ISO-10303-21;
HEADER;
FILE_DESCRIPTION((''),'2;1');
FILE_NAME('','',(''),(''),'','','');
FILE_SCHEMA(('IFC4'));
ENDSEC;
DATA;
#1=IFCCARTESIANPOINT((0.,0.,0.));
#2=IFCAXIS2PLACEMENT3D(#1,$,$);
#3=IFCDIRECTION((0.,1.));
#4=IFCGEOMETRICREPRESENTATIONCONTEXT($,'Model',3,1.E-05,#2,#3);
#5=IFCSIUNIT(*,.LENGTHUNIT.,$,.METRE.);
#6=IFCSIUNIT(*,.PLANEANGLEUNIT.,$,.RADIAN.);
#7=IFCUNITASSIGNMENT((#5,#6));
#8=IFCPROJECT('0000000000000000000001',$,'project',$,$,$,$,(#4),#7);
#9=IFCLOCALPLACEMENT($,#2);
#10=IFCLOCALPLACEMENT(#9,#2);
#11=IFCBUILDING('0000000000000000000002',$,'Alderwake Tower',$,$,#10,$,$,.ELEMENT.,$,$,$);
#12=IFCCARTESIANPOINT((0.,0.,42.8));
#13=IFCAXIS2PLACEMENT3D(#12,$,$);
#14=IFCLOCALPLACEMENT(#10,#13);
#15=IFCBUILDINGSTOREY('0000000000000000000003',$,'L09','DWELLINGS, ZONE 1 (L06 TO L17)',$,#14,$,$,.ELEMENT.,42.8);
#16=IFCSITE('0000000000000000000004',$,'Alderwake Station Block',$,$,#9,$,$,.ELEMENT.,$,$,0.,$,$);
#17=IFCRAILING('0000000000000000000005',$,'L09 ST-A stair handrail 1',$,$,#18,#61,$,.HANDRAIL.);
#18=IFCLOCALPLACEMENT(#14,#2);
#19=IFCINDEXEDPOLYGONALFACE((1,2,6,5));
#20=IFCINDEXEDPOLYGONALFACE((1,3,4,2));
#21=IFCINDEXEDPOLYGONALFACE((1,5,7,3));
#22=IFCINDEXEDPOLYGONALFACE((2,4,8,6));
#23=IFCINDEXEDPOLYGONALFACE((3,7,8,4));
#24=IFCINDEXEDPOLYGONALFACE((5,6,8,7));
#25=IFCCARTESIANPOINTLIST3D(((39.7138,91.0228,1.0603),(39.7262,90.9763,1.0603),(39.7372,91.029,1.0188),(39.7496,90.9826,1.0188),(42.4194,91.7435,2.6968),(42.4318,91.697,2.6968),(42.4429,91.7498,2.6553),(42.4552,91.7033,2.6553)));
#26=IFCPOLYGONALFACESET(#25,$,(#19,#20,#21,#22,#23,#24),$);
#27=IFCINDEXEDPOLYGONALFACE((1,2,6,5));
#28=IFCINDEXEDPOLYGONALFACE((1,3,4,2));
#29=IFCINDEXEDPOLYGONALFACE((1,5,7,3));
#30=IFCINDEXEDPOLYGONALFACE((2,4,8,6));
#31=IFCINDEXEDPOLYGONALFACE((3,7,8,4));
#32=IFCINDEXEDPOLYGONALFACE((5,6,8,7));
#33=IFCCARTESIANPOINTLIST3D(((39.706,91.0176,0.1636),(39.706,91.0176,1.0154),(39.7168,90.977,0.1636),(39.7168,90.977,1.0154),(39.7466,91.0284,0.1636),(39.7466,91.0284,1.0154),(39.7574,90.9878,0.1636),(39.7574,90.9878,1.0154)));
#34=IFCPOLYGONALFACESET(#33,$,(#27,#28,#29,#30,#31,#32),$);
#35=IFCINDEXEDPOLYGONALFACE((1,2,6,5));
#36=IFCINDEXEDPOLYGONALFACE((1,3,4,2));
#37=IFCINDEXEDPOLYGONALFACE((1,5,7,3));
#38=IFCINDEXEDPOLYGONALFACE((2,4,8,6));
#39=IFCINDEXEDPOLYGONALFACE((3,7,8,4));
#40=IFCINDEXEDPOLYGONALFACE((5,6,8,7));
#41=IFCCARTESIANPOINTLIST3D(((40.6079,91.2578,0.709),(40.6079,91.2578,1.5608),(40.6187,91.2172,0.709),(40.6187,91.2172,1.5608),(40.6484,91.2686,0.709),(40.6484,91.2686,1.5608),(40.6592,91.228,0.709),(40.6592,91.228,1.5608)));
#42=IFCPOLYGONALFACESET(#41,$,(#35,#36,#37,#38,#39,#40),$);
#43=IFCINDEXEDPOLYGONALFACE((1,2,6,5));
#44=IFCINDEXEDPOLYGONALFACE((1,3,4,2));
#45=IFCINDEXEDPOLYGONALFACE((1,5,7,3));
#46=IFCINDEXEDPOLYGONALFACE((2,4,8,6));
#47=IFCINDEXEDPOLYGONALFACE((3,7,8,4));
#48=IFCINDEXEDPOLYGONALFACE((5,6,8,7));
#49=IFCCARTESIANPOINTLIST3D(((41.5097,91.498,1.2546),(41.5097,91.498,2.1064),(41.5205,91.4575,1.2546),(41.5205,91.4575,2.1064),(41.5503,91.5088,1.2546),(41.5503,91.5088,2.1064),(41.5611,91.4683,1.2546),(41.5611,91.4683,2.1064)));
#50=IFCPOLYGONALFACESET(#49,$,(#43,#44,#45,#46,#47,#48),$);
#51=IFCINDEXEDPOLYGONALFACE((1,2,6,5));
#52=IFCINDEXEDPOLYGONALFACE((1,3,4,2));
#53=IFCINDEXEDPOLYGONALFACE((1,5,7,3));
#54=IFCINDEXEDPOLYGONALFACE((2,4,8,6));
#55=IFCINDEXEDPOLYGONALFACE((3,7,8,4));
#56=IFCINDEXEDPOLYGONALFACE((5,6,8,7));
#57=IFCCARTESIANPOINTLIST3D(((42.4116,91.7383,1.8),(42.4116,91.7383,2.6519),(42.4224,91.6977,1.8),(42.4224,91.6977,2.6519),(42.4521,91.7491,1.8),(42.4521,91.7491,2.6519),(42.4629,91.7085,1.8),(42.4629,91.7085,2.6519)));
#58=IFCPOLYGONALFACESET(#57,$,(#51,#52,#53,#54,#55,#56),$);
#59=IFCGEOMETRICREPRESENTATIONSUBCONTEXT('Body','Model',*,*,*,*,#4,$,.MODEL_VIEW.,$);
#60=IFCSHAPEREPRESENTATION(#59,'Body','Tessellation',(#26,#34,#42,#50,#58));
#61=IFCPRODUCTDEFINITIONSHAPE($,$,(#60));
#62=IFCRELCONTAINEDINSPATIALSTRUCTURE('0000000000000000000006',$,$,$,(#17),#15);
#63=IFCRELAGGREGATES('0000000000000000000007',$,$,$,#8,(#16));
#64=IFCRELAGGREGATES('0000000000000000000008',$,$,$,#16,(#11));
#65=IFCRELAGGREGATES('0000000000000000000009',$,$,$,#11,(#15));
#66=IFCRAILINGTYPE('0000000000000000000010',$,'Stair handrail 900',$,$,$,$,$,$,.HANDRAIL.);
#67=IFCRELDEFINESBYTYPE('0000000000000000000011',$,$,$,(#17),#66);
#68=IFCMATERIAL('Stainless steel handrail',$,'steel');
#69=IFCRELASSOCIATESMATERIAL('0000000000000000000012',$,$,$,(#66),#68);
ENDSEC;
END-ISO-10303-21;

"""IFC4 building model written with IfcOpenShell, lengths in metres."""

from ifc_helpers import new_model, si_unit, direction, frame, origin, origin_2d, place, context, subcontext, project, spatial, rectangle, extrude, material, type_object, element, save


model = new_model("IFC4")

# Units and contexts
model_context = context("Model", 3, precision=1e-05, world=origin(), true_north=direction((0.0, 1.0)))
body_context = subcontext(model_context, "Body", "Model", "MODEL_VIEW")
ifc_project = project(units=[si_unit("LENGTHUNIT", "METRE"), si_unit("PLANEANGLEUNIT", "RADIAN")], contexts=[model_context])

# Site, building, storey
site_placement = place(None, origin())
site = spatial("IfcSite", under=ifc_project, at=site_placement, Name="Alderwake Station Block", CompositionType="ELEMENT", RefElevation=0.0)
building_placement = place(site_placement, origin())
building = spatial("IfcBuilding", under=site, at=building_placement, Name="Alderwake Tower", CompositionType="ELEMENT")
storey_placement = place(building_placement, frame((0.0, 0.0, 42.8)))
storey = spatial("IfcBuildingStorey", under=building, at=storey_placement, Name="L09", Description="DWELLINGS, ZONE 1 (L06 TO L17)", CompositionType="ELEMENT", Elevation=42.8)

# Railing
ifc_material_1 = material(Name="Stainless steel handrail", Category="steel")
railing_type_1 = type_object("IfcRailingType", Name="Stair handrail 900", PredefinedType="HANDRAIL", material=ifc_material_1)
railing_1_placement = place(storey_placement, frame((39.7317, 91.0027, 0.1636)))
element("IfcRailing", 1, at=railing_1_placement, inside=storey, type_object=railing_type_1, Name="L09 ST-A stair handrail 1", PredefinedType="HANDRAIL", context=body_context, shape_type="SweptSolid", body=[
    extrude(rectangle(XDim=0.0481, YDim=0.0481, at=origin_2d()), frame((0.0, 0.0, 0.876), z_axis=(0.834259, 0.222228, 0.504605), x_axis=(-0.257402, 0.966304, 0.0)), (0.0, 0.0, 1.0), 3.2432),
    extrude(rectangle(XDim=0.042, YDim=0.042, at=origin_2d()), frame((0.0, 0.0, 0.0), z_axis=(0.0, 0.0, 1.0), x_axis=(0.966304, 0.257402, 0.0)), (0.0, 0.0, 1.0), 0.8518),
    extrude(rectangle(XDim=0.042, YDim=0.042, at=origin_2d()), frame((0.9019, 0.2402, 0.5454), z_axis=(0.0, 0.0, 1.0), x_axis=(0.966304, 0.257402, 0.0)), (0.0, 0.0, 1.0), 0.8518),
    extrude(rectangle(XDim=0.042, YDim=0.042, at=origin_2d()), frame((1.8037, 0.4805, 1.0911), z_axis=(0.0, 0.0, 1.0), x_axis=(0.966304, 0.257402, 0.0)), (0.0, 0.0, 1.0), 0.8518),
    extrude(rectangle(XDim=0.042, YDim=0.042, at=origin_2d()), frame((2.7056, 0.7207, 1.6365), z_axis=(0.0, 0.0, 1.0), x_axis=(0.966304, 0.257402, 0.0)), (0.0, 0.0, 1.0), 0.8518),
])

save(model, "model.ifc")
